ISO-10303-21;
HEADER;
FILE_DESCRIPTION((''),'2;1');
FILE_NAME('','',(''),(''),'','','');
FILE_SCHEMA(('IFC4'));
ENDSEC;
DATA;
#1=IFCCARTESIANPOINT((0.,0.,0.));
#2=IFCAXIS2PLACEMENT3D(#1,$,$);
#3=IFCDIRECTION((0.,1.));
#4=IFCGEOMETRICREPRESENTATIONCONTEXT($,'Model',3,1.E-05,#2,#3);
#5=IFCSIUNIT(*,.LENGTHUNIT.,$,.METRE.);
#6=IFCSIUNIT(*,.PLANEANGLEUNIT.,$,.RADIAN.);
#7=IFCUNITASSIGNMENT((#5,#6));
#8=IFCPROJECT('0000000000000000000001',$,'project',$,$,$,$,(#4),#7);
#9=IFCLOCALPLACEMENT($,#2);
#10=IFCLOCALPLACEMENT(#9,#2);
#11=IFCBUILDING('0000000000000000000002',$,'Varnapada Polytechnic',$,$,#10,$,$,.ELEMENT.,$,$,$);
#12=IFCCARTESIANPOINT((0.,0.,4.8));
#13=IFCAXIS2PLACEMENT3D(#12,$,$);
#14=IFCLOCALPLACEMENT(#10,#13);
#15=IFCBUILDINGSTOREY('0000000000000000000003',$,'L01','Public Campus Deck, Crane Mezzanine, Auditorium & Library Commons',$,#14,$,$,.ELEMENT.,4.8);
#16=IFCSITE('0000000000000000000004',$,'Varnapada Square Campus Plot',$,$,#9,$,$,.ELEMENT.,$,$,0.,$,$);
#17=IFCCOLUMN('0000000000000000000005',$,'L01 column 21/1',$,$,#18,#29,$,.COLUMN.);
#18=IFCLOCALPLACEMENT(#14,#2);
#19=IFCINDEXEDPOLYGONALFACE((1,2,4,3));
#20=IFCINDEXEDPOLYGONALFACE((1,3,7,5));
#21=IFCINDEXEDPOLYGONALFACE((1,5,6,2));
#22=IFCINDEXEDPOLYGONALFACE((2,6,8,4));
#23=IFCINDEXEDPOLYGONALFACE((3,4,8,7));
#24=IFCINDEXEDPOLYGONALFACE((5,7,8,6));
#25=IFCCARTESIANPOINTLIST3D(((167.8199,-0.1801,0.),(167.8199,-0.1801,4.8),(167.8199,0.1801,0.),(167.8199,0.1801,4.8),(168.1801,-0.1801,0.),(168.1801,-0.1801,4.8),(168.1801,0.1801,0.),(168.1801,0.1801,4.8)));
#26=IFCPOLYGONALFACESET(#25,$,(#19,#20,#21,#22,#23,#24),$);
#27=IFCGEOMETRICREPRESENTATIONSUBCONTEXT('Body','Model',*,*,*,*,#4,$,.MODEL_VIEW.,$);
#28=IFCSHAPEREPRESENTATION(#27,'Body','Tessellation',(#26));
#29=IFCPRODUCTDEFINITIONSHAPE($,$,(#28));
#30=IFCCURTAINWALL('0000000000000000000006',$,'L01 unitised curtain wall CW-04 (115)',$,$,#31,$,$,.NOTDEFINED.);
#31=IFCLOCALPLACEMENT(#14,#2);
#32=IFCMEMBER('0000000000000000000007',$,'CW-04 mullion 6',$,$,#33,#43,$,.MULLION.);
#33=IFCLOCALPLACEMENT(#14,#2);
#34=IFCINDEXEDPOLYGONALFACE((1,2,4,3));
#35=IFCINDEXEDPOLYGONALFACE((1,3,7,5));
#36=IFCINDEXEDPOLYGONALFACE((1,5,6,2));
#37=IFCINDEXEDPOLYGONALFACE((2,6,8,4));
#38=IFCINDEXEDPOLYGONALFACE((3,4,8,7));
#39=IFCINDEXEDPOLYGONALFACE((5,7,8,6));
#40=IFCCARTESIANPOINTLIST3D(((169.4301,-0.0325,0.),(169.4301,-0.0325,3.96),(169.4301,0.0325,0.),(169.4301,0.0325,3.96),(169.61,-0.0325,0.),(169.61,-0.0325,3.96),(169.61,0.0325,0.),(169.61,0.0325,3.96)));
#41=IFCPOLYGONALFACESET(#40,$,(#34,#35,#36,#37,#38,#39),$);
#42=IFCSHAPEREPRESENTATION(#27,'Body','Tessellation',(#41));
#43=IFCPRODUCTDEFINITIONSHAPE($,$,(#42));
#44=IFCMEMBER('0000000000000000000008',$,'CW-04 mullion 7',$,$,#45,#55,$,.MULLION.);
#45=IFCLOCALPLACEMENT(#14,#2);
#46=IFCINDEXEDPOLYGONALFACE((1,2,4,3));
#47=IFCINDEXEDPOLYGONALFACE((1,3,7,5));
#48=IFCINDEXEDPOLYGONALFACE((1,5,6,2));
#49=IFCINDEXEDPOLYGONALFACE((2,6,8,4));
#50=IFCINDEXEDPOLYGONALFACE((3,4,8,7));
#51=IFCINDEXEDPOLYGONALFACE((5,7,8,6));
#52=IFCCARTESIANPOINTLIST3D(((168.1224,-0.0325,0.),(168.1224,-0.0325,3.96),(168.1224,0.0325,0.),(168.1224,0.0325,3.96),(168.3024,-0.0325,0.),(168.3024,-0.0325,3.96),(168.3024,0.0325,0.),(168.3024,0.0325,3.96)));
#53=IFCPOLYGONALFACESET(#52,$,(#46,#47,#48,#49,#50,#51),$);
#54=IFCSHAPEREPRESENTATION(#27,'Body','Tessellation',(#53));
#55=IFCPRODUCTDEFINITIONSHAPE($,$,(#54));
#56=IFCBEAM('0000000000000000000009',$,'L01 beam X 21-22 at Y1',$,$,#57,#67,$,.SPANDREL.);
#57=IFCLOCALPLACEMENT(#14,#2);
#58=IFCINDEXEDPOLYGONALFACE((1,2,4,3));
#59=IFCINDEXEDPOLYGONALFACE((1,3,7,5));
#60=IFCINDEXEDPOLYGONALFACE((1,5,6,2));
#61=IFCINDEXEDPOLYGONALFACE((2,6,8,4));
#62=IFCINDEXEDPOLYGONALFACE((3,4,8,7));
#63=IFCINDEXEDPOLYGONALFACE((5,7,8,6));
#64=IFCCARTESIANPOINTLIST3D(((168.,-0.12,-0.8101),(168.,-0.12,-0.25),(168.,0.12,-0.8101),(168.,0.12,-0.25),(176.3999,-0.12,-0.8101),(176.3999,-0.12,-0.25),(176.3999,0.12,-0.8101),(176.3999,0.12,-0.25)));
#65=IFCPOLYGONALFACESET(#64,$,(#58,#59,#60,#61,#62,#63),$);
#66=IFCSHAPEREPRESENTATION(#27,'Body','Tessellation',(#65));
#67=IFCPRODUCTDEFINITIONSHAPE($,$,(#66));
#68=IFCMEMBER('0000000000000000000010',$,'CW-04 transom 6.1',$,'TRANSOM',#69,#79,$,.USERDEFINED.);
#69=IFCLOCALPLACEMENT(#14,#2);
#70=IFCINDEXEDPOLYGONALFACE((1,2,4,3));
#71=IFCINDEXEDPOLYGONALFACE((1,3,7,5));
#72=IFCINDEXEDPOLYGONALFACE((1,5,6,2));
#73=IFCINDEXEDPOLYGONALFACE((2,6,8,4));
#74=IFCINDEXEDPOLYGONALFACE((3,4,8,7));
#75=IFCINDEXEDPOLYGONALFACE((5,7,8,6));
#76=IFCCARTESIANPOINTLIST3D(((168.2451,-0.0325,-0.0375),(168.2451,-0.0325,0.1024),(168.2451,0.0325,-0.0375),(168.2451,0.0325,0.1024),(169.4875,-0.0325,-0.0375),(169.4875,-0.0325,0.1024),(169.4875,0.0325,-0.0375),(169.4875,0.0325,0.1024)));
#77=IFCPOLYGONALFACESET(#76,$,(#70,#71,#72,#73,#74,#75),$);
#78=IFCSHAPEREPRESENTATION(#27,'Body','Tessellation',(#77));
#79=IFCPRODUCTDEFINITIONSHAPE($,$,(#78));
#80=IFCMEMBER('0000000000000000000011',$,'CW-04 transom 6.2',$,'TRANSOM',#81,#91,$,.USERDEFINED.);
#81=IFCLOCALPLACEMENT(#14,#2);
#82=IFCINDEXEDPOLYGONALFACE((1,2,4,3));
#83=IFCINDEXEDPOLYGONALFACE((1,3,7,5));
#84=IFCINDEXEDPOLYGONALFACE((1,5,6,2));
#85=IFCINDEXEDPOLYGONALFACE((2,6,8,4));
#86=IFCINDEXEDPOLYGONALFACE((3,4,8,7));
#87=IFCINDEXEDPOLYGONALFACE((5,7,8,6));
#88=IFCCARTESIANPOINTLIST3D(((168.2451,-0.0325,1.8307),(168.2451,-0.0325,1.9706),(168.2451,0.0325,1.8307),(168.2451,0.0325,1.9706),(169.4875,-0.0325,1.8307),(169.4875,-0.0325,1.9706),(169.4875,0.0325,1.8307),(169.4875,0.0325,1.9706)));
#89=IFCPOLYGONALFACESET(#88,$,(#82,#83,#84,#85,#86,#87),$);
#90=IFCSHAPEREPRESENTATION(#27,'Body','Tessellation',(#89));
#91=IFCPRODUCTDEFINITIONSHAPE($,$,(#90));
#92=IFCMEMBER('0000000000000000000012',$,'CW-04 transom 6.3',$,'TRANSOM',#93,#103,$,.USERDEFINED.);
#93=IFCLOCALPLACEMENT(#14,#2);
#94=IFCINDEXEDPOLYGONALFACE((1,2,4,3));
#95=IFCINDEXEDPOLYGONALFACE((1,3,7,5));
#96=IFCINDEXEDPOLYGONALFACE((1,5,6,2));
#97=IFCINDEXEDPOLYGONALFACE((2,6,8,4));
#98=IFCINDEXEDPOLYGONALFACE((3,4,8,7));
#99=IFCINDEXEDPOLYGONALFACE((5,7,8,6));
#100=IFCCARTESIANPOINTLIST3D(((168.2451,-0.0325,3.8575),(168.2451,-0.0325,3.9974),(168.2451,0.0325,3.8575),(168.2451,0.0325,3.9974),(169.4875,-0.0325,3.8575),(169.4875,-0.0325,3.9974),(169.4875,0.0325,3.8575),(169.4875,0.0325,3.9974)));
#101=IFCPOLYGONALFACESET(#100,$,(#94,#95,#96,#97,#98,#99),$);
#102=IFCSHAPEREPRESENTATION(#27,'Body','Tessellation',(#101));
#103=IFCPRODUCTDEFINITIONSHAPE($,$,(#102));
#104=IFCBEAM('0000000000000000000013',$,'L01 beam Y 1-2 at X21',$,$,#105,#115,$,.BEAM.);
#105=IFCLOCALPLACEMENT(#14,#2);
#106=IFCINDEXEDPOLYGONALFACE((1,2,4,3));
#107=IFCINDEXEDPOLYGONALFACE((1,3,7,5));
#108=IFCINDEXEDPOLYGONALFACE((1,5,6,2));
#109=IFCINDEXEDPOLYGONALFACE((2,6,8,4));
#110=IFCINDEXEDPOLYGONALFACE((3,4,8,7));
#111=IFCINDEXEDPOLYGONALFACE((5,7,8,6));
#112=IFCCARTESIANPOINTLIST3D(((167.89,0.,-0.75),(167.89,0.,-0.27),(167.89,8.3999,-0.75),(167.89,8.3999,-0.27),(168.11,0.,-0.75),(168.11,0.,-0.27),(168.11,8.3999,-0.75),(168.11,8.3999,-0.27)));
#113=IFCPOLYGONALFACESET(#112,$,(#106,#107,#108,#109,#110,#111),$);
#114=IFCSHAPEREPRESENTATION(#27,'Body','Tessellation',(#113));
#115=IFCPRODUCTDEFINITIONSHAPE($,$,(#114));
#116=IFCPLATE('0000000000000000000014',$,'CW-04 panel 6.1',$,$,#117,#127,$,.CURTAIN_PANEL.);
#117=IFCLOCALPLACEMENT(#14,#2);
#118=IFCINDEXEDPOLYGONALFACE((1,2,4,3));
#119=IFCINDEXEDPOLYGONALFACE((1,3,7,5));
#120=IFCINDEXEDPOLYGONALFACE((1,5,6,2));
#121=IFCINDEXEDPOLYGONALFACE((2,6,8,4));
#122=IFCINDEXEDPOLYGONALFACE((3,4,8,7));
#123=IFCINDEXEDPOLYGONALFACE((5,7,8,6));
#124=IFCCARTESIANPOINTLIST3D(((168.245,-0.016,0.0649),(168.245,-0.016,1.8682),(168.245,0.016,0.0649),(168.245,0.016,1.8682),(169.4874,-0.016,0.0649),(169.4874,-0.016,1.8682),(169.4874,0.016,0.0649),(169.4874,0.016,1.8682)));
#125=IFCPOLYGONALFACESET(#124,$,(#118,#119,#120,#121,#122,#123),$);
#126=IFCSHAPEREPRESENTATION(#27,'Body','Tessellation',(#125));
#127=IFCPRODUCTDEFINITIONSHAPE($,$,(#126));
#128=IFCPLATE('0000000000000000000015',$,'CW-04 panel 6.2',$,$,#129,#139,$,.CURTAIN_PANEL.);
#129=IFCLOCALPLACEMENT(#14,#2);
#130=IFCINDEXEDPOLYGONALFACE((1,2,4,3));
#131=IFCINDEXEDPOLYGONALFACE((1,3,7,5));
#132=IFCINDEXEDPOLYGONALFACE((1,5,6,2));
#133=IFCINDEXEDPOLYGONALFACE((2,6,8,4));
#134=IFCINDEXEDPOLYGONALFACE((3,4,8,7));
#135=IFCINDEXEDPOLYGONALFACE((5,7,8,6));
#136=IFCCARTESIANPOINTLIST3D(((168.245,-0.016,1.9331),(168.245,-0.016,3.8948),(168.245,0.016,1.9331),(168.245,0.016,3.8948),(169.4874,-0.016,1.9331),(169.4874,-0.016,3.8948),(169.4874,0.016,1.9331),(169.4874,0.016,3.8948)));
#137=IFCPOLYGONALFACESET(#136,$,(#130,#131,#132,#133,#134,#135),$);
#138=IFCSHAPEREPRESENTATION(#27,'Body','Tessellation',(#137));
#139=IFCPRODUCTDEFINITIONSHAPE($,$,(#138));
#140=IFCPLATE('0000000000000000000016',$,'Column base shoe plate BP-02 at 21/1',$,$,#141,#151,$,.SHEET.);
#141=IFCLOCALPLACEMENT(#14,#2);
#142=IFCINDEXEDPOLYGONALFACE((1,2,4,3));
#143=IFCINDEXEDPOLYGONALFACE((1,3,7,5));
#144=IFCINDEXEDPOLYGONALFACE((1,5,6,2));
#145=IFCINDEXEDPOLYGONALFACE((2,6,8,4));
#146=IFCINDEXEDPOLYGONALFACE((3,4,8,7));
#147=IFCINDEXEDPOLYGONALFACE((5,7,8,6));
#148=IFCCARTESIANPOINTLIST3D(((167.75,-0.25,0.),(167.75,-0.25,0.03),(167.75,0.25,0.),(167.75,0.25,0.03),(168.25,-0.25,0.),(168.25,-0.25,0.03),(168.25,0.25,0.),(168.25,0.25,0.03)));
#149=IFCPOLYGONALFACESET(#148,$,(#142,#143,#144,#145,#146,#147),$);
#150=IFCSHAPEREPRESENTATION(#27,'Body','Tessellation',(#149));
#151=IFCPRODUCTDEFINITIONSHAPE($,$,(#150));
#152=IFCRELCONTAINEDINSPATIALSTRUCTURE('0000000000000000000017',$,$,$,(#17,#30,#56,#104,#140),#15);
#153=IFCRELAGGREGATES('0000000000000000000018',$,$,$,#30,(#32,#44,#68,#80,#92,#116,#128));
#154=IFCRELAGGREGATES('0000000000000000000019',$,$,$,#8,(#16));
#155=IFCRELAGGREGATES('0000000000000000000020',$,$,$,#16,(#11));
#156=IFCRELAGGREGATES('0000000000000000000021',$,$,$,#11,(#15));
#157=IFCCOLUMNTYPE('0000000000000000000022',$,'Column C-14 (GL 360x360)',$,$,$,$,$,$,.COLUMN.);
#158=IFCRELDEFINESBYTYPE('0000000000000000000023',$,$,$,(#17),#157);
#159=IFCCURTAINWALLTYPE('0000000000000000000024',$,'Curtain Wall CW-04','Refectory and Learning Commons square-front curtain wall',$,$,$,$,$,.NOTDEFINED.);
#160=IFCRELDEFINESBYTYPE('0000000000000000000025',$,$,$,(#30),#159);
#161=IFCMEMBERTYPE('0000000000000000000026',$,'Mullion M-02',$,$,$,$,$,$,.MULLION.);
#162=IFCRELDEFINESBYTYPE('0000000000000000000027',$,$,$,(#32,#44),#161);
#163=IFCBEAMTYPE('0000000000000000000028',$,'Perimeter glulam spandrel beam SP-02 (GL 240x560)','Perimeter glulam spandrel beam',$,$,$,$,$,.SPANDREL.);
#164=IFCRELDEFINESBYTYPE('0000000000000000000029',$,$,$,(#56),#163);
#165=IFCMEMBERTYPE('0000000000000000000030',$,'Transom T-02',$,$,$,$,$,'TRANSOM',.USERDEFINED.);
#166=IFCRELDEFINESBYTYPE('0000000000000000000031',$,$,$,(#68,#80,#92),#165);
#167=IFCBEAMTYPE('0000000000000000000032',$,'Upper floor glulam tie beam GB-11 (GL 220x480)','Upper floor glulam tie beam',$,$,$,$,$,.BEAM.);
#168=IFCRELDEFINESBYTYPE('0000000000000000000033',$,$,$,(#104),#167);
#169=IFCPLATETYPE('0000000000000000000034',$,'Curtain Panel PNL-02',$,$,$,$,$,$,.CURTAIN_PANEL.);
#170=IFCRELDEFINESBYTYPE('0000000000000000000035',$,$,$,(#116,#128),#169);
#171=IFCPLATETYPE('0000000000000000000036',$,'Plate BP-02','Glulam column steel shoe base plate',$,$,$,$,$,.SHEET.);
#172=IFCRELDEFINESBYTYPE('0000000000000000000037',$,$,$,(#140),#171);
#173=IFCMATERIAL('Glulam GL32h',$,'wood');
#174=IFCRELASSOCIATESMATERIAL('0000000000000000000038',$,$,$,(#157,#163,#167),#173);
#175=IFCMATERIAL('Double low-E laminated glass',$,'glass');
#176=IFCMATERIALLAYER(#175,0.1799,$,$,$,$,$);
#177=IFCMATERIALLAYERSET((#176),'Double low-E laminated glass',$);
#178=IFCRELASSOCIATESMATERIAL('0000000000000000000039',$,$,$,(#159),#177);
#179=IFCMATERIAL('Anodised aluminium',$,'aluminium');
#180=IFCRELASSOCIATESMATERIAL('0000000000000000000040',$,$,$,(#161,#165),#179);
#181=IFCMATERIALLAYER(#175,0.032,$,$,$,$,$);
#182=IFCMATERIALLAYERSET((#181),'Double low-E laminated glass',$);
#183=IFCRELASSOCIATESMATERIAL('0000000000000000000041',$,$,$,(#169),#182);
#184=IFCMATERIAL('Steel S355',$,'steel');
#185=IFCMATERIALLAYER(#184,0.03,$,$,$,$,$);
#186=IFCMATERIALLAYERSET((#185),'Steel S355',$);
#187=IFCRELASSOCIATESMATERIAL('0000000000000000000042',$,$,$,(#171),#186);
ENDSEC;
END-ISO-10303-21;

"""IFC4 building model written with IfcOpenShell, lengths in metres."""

from ifc_helpers import new_model, si_unit, direction, frame, origin, origin_2d, place, context, subcontext, project, spatial, rectangle, extrude, material, layer, layer_set, material_profile, profile_set, type_object, element, aggregate, save


model = new_model("IFC4")

# Units and contexts
model_context = context("Model", 3, precision=1e-05, world=origin(), true_north=direction((0.0, 1.0)))
body_context = subcontext(model_context, "Body", "Model", "MODEL_VIEW")
ifc_project = project(units=[si_unit("LENGTHUNIT", "METRE"), si_unit("PLANEANGLEUNIT", "RADIAN")], contexts=[model_context])

# Site, building, storey
site_placement = place(None, origin())
site = spatial("IfcSite", under=ifc_project, at=site_placement, Name="Varnapada Square Campus Plot", CompositionType="ELEMENT", RefElevation=0.0)
building_placement = place(site_placement, origin())
building = spatial("IfcBuilding", under=site, at=building_placement, Name="Varnapada Polytechnic", CompositionType="ELEMENT")
storey_placement = place(building_placement, frame((0.0, 0.0, 4.8)))
storey = spatial("IfcBuildingStorey", under=building, at=storey_placement, Name="L01", Description="Public Campus Deck, Crane Mezzanine, Auditorium & Library Commons", CompositionType="ELEMENT", Elevation=4.8)

# Column
ifc_material_1 = material(Name="Glulam GL32h", Category="wood")
ifc_material_profile_1 = material_profile(ifc_material_1, rectangle(XDim=0.3601, YDim=0.3601, at=origin_2d()), Name="GL 360x360")
ifc_profile_set_1 = profile_set([ifc_material_profile_1], Name="Glulam GL32h")
column_type = type_object("IfcColumnType", Name="Column C-14 (GL 360x360)", PredefinedType="COLUMN", material=ifc_profile_set_1)
column_placement = place(storey_placement, frame((168.0, 0.0, 0.0), z_axis=(0.0, 0.0, 1.0), x_axis=(1.0, 0.0, 0.0)))
element("IfcColumn", 1, at=column_placement, inside=storey, type_object=column_type, Name="L01 column 21/1", PredefinedType="COLUMN", context=body_context, shape_type="SweptSolid", body=[
    extrude(rectangle(XDim=0.3601, YDim=0.3601, at=origin_2d()), origin(), (0.0, 0.0, 1.0), 4.8),
])

# Curtain wall, members
ifc_material_2 = material(Name="Double low-E laminated glass", Category="glass")
ifc_layer_1 = layer(ifc_material_2, 0.1799)
ifc_layer_set_1 = layer_set([ifc_layer_1], Name="Double low-E laminated glass")
curtain_wall_type = type_object("IfcCurtainWallType", Name="Curtain Wall CW-04", Description="Refectory and Learning Commons square-front curtain wall", PredefinedType="NOTDEFINED", material=ifc_layer_set_1)
curtain_wall_placement = place(storey_placement, origin())
curtain_wall = element("IfcCurtainWall", 2, at=curtain_wall_placement, inside=storey, type_object=curtain_wall_type, Name="L01 unitised curtain wall CW-04 (115)", PredefinedType="NOTDEFINED")
ifc_material_3 = material(Name="Anodised aluminium", Category="aluminium")
ifc_material_profile_2 = material_profile(ifc_material_3, rectangle(XDim=0.0649, YDim=0.1799, at=origin_2d()), Name="ALU M65x180")
ifc_profile_set_2 = profile_set([ifc_material_profile_2], Name="Anodised aluminium")
member_type_1 = type_object("IfcMemberType", Name="Mullion M-02", PredefinedType="MULLION", material=ifc_profile_set_2)
member_1_placement = place(storey_placement, frame((169.52, 0.0, 0.0), z_axis=(0.0, 0.0, 1.0), x_axis=(0.0, -1.0, 0.0)))
member_1 = element("IfcMember", 3, at=member_1_placement, type_object=member_type_1, Name="CW-04 mullion 6", PredefinedType="MULLION", context=body_context, shape_type="SweptSolid", body=[
    extrude(rectangle(XDim=0.0649, YDim=0.1799, at=origin_2d()), origin(), (0.0, 0.0, 1.0), 3.96),
])
member_2_placement = place(storey_placement, frame((168.2124, 0.0, 0.0), z_axis=(0.0, 0.0, 1.0), x_axis=(0.0, -1.0, 0.0)))
member_2 = element("IfcMember", 4, at=member_2_placement, type_object=member_type_1, Name="CW-04 mullion 7", PredefinedType="MULLION", context=body_context, shape_type="SweptSolid", body=[
    extrude(rectangle(XDim=0.0649, YDim=0.1799, at=origin_2d()), origin(), (0.0, 0.0, 1.0), 3.96),
])

# Beam
ifc_material_profile_3 = material_profile(ifc_material_1, rectangle(XDim=0.24, YDim=0.5601, at=origin_2d()), Name="GL 240x560")
ifc_profile_set_3 = profile_set([ifc_material_profile_3], Name="Glulam GL32h")
beam_type_1 = type_object("IfcBeamType", Name="Perimeter glulam spandrel beam SP-02 (GL 240x560)", Description="Perimeter glulam spandrel beam", PredefinedType="SPANDREL", material=ifc_profile_set_3)
beam_1_placement = place(storey_placement, frame((168.0, 0.0, -0.53), z_axis=(1.0, 0.0, 0.0), x_axis=(0.0, 1.0, 0.0)))
element("IfcBeam", 5, at=beam_1_placement, inside=storey, type_object=beam_type_1, Name="L01 beam X 21-22 at Y1", PredefinedType="SPANDREL", context=body_context, shape_type="SweptSolid", body=[
    extrude(rectangle(XDim=0.24, YDim=0.5601, at=origin_2d()), origin(), (0.0, 0.0, 1.0), 8.3999),
])

# Members
ifc_material_profile_4 = material_profile(ifc_material_3, rectangle(XDim=0.0649, YDim=0.1399, at=origin_2d()), Name="ALU T65x140")
ifc_profile_set_4 = profile_set([ifc_material_profile_4], Name="Anodised aluminium")
member_type_2 = type_object("IfcMemberType", Name="Transom T-02", ElementType="TRANSOM", PredefinedType="USERDEFINED", material=ifc_profile_set_4)
member_3_placement = place(storey_placement, frame((169.4875, 0.0, 0.0325), z_axis=(-1.0, 0.0, 0.0), x_axis=(0.0, -1.0, 0.0)))
member_3 = element("IfcMember", 6, at=member_3_placement, type_object=member_type_2, Name="CW-04 transom 6.1", ObjectType="TRANSOM", PredefinedType="USERDEFINED", context=body_context, shape_type="SweptSolid", body=[
    extrude(rectangle(XDim=0.0649, YDim=0.1399, at=origin_2d()), origin(), (0.0, 0.0, 1.0), 1.2424),
])
member_4_placement = place(storey_placement, frame((169.4875, 0.0, 1.9006), z_axis=(-1.0, 0.0, 0.0), x_axis=(0.0, -1.0, 0.0)))
member_4 = element("IfcMember", 7, at=member_4_placement, type_object=member_type_2, Name="CW-04 transom 6.2", ObjectType="TRANSOM", PredefinedType="USERDEFINED", context=body_context, shape_type="SweptSolid", body=[
    extrude(rectangle(XDim=0.0649, YDim=0.1399, at=origin_2d()), origin(), (0.0, 0.0, 1.0), 1.2424),
])
member_5_placement = place(storey_placement, frame((169.4875, 0.0, 3.9275), z_axis=(-1.0, 0.0, 0.0), x_axis=(0.0, -1.0, 0.0)))
member_5 = element("IfcMember", 8, at=member_5_placement, type_object=member_type_2, Name="CW-04 transom 6.3", ObjectType="TRANSOM", PredefinedType="USERDEFINED", context=body_context, shape_type="SweptSolid", body=[
    extrude(rectangle(XDim=0.0649, YDim=0.1399, at=origin_2d()), origin(), (0.0, 0.0, 1.0), 1.2424),
])

# Beam
ifc_material_profile_5 = material_profile(ifc_material_1, rectangle(XDim=0.22, YDim=0.48, at=origin_2d()), Name="GL 220x480")
ifc_profile_set_5 = profile_set([ifc_material_profile_5], Name="Glulam GL32h")
beam_type_2 = type_object("IfcBeamType", Name="Upper floor glulam tie beam GB-11 (GL 220x480)", Description="Upper floor glulam tie beam", PredefinedType="BEAM", material=ifc_profile_set_5)
beam_2_placement = place(storey_placement, frame((168.0, 0.0, -0.51), z_axis=(0.0, 1.0, 0.0), x_axis=(-1.0, 0.0, 0.0)))
element("IfcBeam", 9, at=beam_2_placement, inside=storey, type_object=beam_type_2, Name="L01 beam Y 1-2 at X21", PredefinedType="BEAM", context=body_context, shape_type="SweptSolid", body=[
    extrude(rectangle(XDim=0.22, YDim=0.48, at=origin_2d()), origin(), (0.0, 0.0, 1.0), 8.3999),
])

# Plates
ifc_layer_2 = layer(ifc_material_2, 0.032)
ifc_layer_set_2 = layer_set([ifc_layer_2], Name="Double low-E laminated glass")
plate_type_1 = type_object("IfcPlateType", Name="Curtain Panel PNL-02", PredefinedType="CURTAIN_PANEL", material=ifc_layer_set_2)
plate_1_placement = place(storey_placement, frame((168.8662, 0.0, 0.0649), z_axis=(0.0, 0.0, 1.0), x_axis=(-1.0, 0.0, 0.0)))
plate_1 = element("IfcPlate", 10, at=plate_1_placement, type_object=plate_type_1, Name="CW-04 panel 6.1", PredefinedType="CURTAIN_PANEL", context=body_context, shape_type="SweptSolid", body=[
    extrude(rectangle(XDim=1.2424, YDim=0.032, at=origin_2d()), origin(), (0.0, 0.0, 1.0), 1.8032),
])
plate_2_placement = place(storey_placement, frame((168.8662, 0.0, 1.9331), z_axis=(0.0, 0.0, 1.0), x_axis=(-1.0, 0.0, 0.0)))
plate_2 = element("IfcPlate", 11, at=plate_2_placement, type_object=plate_type_1, Name="CW-04 panel 6.2", PredefinedType="CURTAIN_PANEL", context=body_context, shape_type="SweptSolid", body=[
    extrude(rectangle(XDim=1.2424, YDim=0.032, at=origin_2d()), origin(), (0.0, 0.0, 1.0), 1.9617),
])
aggregate(curtain_wall, [member_1, member_2, member_3, member_4, member_5, plate_1, plate_2])
ifc_material_4 = material(Name="Steel S355", Category="steel")
ifc_layer_3 = layer(ifc_material_4, 0.03)
ifc_layer_set_3 = layer_set([ifc_layer_3], Name="Steel S355")
plate_type_2 = type_object("IfcPlateType", Name="Plate BP-02", Description="Glulam column steel shoe base plate", PredefinedType="SHEET", material=ifc_layer_set_3)
plate_3_placement = place(storey_placement, frame((168.0, 0.0, 0.0), z_axis=(0.0, 0.0, 1.0), x_axis=(1.0, 0.0, 0.0)))
element("IfcPlate", 12, at=plate_3_placement, inside=storey, type_object=plate_type_2, Name="Column base shoe plate BP-02 at 21/1", PredefinedType="SHEET", context=body_context, shape_type="SweptSolid", body=[
    extrude(rectangle(XDim=0.5, YDim=0.5, at=origin_2d()), origin(), (0.0, 0.0, 1.0), 0.03),
])

save(model, "model.ifc")
